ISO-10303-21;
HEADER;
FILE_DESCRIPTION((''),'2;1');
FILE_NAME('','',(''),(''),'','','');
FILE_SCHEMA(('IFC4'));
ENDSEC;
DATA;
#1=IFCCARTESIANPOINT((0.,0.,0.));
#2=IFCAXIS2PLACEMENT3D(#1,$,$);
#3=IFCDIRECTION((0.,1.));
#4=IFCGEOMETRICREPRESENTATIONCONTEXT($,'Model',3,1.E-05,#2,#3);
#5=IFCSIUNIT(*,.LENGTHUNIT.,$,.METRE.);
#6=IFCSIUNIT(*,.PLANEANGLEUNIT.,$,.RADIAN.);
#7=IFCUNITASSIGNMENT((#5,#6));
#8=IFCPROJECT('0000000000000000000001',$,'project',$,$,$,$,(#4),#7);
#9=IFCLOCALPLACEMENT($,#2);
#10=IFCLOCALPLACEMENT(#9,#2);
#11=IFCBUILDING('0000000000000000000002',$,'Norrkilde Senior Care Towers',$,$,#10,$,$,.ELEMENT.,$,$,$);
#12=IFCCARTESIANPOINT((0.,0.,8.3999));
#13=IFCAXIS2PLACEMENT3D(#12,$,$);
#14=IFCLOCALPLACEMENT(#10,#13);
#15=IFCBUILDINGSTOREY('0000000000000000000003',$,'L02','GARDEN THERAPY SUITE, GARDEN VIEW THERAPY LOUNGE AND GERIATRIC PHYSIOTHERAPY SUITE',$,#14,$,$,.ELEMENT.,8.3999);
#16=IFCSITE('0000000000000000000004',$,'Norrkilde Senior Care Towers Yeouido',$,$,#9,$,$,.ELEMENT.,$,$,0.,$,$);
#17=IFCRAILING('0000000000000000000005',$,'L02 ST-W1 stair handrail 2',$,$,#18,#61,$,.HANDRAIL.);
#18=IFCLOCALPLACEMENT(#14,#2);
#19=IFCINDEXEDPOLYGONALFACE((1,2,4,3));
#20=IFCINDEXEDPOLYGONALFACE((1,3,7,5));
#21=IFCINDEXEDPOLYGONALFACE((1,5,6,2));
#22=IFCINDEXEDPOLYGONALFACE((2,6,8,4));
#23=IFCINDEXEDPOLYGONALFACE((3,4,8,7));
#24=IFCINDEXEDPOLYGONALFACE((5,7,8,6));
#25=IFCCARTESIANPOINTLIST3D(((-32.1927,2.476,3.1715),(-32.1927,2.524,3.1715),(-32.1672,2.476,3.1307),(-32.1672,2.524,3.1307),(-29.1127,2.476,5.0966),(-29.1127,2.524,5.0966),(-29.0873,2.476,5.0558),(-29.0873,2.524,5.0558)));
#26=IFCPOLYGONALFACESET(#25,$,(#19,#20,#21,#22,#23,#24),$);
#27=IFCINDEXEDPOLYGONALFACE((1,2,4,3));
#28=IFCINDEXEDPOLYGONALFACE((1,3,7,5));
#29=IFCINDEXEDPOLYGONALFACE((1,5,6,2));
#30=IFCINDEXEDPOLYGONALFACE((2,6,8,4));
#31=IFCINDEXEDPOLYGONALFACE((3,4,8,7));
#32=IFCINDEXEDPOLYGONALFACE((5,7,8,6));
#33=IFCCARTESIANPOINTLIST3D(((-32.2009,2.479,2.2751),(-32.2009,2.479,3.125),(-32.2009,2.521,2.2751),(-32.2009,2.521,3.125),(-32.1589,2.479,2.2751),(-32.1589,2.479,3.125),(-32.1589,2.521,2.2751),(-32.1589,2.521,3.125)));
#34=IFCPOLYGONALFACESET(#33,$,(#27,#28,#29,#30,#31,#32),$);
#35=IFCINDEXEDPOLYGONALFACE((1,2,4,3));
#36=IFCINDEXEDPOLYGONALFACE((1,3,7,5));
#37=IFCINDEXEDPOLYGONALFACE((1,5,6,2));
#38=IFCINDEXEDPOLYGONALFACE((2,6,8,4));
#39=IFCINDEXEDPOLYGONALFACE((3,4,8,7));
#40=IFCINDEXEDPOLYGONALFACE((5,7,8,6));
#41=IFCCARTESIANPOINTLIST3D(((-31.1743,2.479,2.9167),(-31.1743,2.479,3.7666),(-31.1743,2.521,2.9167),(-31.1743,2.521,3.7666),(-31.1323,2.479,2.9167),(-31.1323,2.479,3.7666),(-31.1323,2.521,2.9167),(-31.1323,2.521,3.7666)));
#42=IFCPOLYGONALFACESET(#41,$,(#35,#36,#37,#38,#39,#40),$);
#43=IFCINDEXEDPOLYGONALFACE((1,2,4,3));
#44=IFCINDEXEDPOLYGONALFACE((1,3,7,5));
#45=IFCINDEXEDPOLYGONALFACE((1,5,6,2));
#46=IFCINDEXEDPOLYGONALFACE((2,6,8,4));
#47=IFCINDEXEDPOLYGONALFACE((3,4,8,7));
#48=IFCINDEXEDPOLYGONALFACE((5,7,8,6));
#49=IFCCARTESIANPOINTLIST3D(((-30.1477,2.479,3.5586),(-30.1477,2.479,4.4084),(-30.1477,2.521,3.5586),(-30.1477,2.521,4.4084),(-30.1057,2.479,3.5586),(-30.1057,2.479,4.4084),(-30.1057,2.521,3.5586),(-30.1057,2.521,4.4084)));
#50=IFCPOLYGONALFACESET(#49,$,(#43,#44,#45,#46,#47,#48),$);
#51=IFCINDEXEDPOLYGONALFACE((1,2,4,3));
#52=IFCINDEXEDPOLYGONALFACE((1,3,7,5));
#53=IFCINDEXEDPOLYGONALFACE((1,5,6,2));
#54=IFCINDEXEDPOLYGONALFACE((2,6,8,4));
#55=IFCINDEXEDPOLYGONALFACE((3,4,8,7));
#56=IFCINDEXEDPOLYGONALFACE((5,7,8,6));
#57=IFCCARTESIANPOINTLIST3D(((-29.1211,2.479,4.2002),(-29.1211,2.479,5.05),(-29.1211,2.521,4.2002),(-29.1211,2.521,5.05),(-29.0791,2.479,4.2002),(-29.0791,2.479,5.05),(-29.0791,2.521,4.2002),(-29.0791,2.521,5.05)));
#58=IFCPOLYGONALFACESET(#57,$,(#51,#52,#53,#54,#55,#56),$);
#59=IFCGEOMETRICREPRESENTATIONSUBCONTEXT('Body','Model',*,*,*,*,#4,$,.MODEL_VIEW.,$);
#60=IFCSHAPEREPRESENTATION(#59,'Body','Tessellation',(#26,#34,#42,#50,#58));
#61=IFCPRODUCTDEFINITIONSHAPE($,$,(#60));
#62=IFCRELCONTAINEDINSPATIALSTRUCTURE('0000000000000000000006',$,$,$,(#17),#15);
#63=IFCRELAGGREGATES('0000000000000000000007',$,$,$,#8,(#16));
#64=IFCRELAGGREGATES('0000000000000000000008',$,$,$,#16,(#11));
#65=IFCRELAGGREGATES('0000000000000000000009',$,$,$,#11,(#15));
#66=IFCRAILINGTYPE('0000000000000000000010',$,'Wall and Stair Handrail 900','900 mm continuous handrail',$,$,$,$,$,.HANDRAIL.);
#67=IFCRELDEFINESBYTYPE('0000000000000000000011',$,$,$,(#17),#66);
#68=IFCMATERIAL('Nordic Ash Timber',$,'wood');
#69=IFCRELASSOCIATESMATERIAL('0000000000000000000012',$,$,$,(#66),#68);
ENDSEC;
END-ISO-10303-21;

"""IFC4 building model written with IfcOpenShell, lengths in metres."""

from ifc_helpers import new_model, si_unit, direction, frame, origin, origin_2d, place, context, subcontext, project, spatial, rectangle, extrude, material, type_object, element, save


model = new_model("IFC4")

# Units and contexts
model_context = context("Model", 3, precision=1e-05, world=origin(), true_north=direction((0.0, 1.0)))
body_context = subcontext(model_context, "Body", "Model", "MODEL_VIEW")
ifc_project = project(units=[si_unit("LENGTHUNIT", "METRE"), si_unit("PLANEANGLEUNIT", "RADIAN")], contexts=[model_context])

# Site, building, storey
site_placement = place(None, origin())
site = spatial("IfcSite", under=ifc_project, at=site_placement, Name="Norrkilde Senior Care Towers Yeouido", CompositionType="ELEMENT", RefElevation=0.0)
building_placement = place(site_placement, origin())
building = spatial("IfcBuilding", under=site, at=building_placement, Name="Norrkilde Senior Care Towers", CompositionType="ELEMENT")
storey_placement = place(building_placement, frame((0.0, 0.0, 8.3999)))
storey = spatial("IfcBuildingStorey", under=building, at=storey_placement, Name="L02", Description="GARDEN THERAPY SUITE, GARDEN VIEW THERAPY LOUNGE AND GERIATRIC PHYSIOTHERAPY SUITE", CompositionType="ELEMENT", Elevation=8.3999)

# Railing
ifc_material_1 = material(Name="Nordic Ash Timber", Category="wood")
railing_type_1 = type_object("IfcRailingType", Name="Wall and Stair Handrail 900", Description="900 mm continuous handrail", PredefinedType="HANDRAIL", material=ifc_material_1)
railing_1_placement = place(storey_placement, frame((-32.1799, 2.5, 2.2751)))
element("IfcRailing", 1, at=railing_1_placement, inside=storey, type_object=railing_type_1, Name="L02 ST-W1 stair handrail 2", PredefinedType="HANDRAIL", context=body_context, shape_type="SweptSolid", body=[
    extrude(rectangle(XDim=0.0481, YDim=0.0481, at=origin_2d()), frame((0.0, 0.0, 0.876), z_axis=(0.847979, 0.0, 0.530029), x_axis=(0.0, 1.0, 0.0)), (0.0, 0.0, 1.0), 3.6321),
    extrude(rectangle(XDim=0.042, YDim=0.042, at=origin_2d()), origin(), (0.0, 0.0, 1.0), 0.8499),
    extrude(rectangle(XDim=0.042, YDim=0.042, at=origin_2d()), frame((1.0266, 0.0, 0.6416)), (0.0, 0.0, 1.0), 0.8499),
    extrude(rectangle(XDim=0.042, YDim=0.042, at=origin_2d()), frame((2.0532, 0.0, 1.2834)), (0.0, 0.0, 1.0), 0.8499),
    extrude(rectangle(XDim=0.042, YDim=0.042, at=origin_2d()), frame((3.0798, 0.0, 1.925)), (0.0, 0.0, 1.0), 0.8499),
])

save(model, "model.ifc")
